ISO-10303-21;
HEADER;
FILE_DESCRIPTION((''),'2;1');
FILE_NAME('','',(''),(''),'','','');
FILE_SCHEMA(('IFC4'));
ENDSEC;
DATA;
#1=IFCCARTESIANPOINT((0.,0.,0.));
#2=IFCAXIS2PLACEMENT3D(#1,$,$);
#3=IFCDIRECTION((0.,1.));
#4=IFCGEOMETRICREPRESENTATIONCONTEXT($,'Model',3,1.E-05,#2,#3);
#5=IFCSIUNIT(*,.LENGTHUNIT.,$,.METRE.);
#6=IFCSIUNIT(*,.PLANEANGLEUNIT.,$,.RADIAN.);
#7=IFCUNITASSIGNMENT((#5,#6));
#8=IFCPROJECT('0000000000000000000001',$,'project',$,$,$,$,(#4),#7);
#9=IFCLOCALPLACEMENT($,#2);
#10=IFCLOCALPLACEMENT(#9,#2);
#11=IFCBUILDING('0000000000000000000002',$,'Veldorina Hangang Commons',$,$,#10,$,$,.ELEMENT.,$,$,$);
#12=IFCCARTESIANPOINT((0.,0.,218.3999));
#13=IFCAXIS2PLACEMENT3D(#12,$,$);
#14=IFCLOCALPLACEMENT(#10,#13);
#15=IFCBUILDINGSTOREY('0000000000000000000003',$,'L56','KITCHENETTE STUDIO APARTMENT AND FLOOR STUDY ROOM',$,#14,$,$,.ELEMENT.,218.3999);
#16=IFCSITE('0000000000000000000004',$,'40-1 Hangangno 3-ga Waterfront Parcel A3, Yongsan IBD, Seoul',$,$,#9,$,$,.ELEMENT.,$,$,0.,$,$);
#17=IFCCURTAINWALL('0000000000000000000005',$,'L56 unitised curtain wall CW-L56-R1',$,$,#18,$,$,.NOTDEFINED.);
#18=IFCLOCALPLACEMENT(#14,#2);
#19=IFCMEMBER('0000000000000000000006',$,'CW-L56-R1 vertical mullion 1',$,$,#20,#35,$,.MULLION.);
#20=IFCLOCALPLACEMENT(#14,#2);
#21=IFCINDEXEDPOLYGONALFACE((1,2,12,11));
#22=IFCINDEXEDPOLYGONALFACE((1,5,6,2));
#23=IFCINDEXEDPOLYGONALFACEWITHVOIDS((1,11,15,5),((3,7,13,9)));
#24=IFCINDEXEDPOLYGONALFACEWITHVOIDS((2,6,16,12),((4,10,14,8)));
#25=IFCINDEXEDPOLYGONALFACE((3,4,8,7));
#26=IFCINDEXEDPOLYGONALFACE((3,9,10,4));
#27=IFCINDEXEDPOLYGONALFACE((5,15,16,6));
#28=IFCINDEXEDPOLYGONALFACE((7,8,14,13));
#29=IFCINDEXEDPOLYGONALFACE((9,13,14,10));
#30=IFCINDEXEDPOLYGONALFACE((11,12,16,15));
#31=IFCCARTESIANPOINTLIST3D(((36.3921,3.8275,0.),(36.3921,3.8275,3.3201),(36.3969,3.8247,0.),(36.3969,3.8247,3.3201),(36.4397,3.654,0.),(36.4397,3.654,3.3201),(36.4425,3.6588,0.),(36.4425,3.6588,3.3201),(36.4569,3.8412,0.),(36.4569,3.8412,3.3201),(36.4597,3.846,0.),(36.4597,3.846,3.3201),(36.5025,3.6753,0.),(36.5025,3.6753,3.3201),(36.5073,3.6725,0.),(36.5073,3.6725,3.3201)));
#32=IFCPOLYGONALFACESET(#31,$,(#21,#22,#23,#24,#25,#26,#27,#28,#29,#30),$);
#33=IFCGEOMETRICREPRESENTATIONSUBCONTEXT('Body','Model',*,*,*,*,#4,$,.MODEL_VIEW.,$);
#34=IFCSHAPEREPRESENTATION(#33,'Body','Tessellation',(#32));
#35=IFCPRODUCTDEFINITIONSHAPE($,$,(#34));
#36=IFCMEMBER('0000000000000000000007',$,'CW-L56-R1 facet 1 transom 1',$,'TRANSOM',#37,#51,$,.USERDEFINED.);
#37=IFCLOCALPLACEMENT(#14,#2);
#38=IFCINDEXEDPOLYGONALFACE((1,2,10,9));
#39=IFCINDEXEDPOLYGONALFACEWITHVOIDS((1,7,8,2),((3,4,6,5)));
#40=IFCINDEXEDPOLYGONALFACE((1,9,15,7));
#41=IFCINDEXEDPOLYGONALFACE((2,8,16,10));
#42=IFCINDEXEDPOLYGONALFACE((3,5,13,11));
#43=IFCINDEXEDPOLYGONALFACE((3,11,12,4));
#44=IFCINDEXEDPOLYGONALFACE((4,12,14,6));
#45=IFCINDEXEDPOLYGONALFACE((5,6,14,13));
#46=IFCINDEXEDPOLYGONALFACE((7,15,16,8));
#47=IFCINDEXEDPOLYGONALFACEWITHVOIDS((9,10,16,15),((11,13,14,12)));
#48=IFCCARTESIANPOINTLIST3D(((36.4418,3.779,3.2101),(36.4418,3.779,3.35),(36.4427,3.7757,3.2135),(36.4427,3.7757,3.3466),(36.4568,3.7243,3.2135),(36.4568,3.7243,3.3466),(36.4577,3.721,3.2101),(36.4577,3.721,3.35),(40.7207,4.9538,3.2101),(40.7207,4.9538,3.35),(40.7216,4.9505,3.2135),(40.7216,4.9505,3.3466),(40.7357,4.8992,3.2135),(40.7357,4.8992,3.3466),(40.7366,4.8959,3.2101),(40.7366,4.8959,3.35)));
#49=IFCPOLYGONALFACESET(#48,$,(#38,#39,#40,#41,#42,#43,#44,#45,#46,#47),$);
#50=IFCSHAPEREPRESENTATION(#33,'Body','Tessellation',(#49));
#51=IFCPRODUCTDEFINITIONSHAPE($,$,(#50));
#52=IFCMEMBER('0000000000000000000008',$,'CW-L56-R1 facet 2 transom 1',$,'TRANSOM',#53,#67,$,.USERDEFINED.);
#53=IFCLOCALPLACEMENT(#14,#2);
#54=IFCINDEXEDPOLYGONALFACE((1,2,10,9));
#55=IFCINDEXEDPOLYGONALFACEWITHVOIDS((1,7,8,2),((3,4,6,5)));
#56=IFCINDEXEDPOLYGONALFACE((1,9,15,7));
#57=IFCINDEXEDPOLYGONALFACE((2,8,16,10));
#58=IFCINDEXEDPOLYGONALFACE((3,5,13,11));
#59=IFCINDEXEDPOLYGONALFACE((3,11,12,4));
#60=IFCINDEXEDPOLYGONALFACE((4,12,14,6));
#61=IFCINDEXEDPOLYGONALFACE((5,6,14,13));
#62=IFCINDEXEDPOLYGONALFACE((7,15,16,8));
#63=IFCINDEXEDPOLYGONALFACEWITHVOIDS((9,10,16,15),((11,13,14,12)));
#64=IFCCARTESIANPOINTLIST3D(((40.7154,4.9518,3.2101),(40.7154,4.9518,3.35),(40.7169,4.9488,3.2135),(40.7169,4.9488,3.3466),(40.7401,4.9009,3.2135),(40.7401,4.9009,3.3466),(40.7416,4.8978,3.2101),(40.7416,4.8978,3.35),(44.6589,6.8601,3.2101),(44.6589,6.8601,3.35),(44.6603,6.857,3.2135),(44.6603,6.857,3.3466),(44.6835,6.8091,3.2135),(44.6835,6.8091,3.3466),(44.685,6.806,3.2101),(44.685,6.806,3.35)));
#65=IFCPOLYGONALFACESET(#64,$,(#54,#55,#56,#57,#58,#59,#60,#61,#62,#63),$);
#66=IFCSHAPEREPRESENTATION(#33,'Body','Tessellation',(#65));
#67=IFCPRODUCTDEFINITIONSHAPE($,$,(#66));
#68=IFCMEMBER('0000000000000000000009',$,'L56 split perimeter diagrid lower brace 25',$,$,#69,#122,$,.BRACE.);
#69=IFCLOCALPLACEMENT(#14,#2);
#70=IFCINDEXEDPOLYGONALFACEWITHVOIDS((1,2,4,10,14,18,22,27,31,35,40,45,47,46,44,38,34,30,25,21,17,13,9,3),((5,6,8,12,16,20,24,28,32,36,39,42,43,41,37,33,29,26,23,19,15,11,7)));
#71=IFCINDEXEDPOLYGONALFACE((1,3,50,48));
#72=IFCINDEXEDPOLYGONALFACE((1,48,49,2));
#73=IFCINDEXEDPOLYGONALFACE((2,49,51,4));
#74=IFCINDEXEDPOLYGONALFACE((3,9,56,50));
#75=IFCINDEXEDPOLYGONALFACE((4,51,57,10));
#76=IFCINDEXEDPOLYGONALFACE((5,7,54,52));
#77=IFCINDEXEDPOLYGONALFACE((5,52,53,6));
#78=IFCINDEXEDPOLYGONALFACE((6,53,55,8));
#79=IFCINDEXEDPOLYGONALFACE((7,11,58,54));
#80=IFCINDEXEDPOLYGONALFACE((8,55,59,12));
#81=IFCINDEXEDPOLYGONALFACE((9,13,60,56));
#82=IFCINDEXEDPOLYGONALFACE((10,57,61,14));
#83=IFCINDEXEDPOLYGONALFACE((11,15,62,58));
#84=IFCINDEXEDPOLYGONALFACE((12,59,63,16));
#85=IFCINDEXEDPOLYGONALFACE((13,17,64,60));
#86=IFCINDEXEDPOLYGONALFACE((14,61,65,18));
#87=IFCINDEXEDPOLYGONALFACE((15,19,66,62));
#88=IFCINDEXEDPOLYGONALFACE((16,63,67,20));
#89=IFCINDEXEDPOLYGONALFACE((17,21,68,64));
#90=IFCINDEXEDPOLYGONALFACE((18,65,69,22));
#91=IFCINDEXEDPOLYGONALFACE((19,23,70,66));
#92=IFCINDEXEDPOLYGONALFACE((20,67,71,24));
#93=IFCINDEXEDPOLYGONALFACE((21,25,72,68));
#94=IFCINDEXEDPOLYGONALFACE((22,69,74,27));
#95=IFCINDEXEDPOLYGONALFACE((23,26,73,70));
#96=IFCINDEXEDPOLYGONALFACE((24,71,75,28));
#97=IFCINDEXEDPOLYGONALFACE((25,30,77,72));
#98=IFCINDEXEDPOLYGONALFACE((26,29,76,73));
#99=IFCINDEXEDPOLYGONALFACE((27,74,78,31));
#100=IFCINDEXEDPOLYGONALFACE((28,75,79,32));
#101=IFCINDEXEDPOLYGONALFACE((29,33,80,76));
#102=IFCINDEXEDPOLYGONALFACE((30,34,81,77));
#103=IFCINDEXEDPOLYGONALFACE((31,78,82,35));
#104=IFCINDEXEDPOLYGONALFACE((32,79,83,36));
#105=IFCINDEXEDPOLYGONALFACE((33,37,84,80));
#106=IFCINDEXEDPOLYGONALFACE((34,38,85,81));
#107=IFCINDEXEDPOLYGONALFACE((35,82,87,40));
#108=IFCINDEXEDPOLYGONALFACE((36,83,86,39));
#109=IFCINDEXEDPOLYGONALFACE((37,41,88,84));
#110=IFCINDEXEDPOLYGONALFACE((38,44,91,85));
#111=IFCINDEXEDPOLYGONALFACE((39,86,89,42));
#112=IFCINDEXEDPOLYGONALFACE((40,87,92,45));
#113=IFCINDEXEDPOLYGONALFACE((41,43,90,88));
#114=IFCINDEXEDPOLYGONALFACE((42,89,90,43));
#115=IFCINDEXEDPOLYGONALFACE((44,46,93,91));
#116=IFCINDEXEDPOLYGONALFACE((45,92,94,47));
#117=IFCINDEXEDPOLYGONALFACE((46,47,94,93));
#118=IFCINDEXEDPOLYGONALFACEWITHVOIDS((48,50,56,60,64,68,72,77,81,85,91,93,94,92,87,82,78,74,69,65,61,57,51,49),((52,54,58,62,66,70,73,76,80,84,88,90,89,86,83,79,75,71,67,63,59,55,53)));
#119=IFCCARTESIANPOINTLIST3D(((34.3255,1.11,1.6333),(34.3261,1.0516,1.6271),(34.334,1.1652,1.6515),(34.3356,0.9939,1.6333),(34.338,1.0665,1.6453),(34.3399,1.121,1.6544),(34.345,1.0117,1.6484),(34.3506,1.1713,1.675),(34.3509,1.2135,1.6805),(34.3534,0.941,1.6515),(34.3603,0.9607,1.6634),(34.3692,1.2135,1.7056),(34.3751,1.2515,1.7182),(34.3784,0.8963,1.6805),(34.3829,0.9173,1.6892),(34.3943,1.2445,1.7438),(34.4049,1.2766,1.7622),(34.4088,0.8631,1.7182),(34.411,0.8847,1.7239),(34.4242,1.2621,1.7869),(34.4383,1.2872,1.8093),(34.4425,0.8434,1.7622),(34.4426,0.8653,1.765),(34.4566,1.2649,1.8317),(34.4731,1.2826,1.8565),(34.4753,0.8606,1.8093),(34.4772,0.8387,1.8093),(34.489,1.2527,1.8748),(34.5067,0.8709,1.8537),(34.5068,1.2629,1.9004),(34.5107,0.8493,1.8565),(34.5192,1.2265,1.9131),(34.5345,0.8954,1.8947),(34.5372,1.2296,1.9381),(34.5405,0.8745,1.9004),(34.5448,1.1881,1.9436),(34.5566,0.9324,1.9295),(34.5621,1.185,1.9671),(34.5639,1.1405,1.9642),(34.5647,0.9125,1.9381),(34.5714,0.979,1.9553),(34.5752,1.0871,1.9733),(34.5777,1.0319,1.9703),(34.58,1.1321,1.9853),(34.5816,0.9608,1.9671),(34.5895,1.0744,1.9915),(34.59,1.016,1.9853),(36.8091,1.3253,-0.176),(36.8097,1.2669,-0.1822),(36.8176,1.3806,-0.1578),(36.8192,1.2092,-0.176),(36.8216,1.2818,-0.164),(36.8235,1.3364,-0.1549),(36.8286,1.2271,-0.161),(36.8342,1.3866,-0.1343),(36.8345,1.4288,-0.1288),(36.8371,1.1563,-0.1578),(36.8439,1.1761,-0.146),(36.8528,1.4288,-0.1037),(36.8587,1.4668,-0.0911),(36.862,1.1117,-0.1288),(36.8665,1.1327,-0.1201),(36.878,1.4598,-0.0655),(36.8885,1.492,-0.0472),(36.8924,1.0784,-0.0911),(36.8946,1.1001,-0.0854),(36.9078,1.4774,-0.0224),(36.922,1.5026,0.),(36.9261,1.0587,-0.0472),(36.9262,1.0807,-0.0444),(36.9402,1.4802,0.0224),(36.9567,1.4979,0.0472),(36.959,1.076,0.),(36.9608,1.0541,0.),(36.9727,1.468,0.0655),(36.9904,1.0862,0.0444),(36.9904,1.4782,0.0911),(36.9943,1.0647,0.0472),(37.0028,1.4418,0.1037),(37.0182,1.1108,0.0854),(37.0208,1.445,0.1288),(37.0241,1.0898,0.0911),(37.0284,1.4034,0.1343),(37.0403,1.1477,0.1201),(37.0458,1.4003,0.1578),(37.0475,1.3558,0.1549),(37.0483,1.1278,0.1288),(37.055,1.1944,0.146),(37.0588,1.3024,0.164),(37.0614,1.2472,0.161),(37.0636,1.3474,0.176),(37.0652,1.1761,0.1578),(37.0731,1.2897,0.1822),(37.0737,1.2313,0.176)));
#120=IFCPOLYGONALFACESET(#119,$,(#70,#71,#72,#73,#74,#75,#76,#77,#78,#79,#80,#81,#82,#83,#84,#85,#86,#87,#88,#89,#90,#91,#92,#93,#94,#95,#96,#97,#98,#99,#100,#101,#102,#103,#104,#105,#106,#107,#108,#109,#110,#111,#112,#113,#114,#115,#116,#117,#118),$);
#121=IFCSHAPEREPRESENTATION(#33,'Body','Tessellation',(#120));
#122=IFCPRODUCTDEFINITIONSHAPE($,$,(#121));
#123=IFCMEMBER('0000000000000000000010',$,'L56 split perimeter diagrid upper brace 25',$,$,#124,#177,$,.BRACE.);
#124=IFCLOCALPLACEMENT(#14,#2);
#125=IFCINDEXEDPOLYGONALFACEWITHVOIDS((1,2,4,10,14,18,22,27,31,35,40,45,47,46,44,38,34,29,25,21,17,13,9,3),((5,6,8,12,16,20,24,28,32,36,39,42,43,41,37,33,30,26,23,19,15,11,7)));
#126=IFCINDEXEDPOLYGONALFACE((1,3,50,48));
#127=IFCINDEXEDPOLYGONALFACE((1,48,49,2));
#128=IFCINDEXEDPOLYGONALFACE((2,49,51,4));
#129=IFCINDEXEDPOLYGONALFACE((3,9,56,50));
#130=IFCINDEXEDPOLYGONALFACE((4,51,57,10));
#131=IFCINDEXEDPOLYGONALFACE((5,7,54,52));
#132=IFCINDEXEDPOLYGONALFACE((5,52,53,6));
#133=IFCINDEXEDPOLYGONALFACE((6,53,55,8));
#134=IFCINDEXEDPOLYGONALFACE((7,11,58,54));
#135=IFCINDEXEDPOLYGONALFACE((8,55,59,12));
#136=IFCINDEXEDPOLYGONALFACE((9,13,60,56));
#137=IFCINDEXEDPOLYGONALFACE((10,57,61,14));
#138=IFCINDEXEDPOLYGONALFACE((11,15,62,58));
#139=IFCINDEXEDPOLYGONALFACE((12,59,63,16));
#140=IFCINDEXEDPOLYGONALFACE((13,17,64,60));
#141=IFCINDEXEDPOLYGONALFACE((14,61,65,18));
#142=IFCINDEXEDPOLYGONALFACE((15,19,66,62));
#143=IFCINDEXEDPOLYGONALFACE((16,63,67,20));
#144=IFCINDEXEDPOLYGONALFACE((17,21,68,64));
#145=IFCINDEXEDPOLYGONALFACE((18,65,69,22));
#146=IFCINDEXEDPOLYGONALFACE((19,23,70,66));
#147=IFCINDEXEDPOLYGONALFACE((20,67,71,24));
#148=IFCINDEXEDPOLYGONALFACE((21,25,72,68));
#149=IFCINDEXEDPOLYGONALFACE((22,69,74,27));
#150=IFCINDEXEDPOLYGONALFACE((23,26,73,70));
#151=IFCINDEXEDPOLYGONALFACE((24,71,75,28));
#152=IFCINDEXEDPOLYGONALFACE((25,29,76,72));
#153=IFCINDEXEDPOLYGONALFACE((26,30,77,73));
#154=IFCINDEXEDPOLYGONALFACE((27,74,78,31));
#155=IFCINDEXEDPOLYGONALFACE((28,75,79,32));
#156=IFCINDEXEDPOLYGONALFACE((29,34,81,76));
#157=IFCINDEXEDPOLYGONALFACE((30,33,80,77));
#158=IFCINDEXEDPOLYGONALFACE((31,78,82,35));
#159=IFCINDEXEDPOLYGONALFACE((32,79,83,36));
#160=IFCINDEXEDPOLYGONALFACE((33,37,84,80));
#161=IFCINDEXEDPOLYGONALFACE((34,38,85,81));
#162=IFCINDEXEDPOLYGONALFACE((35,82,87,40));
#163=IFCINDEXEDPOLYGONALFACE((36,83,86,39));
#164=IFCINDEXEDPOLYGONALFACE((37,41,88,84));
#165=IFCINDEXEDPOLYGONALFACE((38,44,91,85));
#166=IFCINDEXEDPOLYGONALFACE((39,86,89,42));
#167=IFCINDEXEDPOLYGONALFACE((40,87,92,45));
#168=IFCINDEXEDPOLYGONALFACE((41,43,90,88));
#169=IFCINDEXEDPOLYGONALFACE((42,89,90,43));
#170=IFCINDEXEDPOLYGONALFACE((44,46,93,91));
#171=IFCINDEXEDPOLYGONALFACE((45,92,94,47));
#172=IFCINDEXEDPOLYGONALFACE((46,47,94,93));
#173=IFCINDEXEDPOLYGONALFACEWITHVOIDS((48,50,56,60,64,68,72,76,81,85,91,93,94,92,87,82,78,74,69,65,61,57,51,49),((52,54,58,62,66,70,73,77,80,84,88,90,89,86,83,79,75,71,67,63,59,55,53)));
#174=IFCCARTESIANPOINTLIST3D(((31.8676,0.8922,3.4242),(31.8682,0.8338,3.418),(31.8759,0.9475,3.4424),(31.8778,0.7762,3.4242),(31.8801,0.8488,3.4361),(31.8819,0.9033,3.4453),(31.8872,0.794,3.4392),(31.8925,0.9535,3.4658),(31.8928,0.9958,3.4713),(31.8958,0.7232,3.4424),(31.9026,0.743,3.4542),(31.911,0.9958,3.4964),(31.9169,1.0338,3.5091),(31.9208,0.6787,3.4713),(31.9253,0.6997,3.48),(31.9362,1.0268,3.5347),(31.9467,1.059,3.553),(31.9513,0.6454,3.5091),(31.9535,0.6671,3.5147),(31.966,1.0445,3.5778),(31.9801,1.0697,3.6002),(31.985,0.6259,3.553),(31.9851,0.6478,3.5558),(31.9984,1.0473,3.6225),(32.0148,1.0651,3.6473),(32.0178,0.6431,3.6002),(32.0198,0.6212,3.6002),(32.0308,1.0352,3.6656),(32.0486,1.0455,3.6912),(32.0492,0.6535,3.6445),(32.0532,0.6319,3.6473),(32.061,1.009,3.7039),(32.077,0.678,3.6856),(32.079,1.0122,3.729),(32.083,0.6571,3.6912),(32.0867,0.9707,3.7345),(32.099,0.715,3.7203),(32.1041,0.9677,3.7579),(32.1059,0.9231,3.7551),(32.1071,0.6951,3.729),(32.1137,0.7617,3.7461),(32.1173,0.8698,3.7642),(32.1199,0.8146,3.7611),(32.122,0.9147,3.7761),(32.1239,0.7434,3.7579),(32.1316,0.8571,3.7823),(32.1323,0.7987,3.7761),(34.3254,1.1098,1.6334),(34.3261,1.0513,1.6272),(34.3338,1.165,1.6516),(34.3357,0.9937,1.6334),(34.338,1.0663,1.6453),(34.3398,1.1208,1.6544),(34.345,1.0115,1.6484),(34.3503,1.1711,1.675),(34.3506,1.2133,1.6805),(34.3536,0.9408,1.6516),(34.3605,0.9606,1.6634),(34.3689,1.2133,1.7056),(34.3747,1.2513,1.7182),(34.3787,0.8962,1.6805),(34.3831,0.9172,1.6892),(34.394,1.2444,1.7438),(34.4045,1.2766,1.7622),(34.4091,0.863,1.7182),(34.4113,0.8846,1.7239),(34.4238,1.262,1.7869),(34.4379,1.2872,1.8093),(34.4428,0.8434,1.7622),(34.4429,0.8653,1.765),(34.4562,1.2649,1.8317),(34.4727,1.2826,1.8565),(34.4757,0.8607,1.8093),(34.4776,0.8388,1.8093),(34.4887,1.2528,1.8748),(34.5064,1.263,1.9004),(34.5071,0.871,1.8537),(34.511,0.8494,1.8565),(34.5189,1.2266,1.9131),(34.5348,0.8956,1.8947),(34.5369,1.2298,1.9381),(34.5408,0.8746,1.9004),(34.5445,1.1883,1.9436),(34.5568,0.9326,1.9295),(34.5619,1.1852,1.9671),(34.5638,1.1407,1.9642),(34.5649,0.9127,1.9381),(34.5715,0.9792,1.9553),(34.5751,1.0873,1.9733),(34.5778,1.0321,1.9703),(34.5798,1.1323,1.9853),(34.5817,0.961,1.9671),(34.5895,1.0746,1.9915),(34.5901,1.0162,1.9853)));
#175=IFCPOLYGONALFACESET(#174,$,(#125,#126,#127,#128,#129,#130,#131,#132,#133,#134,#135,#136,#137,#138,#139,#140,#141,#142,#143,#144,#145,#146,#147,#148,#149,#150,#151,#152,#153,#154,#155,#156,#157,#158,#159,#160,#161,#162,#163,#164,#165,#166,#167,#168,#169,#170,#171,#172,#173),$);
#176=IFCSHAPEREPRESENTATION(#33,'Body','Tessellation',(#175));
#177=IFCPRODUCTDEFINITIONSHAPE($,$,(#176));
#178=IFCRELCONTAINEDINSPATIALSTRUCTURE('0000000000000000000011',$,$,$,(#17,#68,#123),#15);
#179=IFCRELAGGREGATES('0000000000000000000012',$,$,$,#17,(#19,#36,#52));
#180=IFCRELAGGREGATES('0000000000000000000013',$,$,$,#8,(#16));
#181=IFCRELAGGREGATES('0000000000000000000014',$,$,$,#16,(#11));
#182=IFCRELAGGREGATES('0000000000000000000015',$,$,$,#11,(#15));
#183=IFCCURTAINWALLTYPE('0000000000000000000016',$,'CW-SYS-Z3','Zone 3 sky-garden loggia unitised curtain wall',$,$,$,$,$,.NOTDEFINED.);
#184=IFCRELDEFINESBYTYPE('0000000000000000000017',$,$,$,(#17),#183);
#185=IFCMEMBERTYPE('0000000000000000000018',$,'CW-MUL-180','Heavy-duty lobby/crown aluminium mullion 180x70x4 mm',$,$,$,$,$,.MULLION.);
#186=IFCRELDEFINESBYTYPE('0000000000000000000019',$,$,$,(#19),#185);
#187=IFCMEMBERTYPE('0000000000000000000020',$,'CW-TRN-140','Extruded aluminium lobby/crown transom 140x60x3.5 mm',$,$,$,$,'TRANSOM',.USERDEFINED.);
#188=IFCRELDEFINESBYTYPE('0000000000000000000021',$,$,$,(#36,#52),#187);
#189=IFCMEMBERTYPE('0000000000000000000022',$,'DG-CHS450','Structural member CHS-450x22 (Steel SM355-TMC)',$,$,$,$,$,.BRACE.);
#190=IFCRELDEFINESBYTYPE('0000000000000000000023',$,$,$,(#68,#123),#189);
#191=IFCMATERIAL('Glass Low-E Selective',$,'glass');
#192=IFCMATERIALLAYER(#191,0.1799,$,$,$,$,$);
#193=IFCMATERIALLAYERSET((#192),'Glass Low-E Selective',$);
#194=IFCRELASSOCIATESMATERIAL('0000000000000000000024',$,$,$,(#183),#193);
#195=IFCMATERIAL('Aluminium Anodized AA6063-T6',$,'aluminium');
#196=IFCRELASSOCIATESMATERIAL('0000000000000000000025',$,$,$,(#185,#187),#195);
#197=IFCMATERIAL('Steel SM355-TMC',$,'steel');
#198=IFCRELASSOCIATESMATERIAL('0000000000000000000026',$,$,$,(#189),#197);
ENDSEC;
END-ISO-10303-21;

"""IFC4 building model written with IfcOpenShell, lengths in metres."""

from ifc_helpers import new_model, si_unit, direction, frame, origin, origin_2d, place, context, subcontext, project, spatial, hollow_rectangle, hollow_circle, extrude, material, layer, layer_set, material_profile, profile_set, type_object, element, aggregate, save


model = new_model("IFC4")

# Units and contexts
model_context = context("Model", 3, precision=1e-05, world=origin(), true_north=direction((0.0, 1.0)))
body_context = subcontext(model_context, "Body", "Model", "MODEL_VIEW")
ifc_project = project(units=[si_unit("LENGTHUNIT", "METRE"), si_unit("PLANEANGLEUNIT", "RADIAN")], contexts=[model_context])

# Site, building, storey
site_placement = place(None, origin())
site = spatial("IfcSite", under=ifc_project, at=site_placement, Name="40-1 Hangangno 3-ga Waterfront Parcel A3, Yongsan IBD, Seoul", CompositionType="ELEMENT", RefElevation=0.0)
building_placement = place(site_placement, origin())
building = spatial("IfcBuilding", under=site, at=building_placement, Name="Veldorina Hangang Commons", CompositionType="ELEMENT")
storey_placement = place(building_placement, frame((0.0, 0.0, 218.3999)))
storey = spatial("IfcBuildingStorey", under=building, at=storey_placement, Name="L56", Description="KITCHENETTE STUDIO APARTMENT AND FLOOR STUDY ROOM", CompositionType="ELEMENT", Elevation=218.3999)

# Shared definitions
ifc_material_1 = material(Name="Steel SM355-TMC", Category="steel")

# Curtain wall, members
ifc_material_2 = material(Name="Glass Low-E Selective", Category="glass")
ifc_layer_1 = layer(ifc_material_2, 0.1799)
ifc_layer_set_1 = layer_set([ifc_layer_1], Name="Glass Low-E Selective")
curtain_wall_type = type_object("IfcCurtainWallType", Name="CW-SYS-Z3", Description="Zone 3 sky-garden loggia unitised curtain wall", PredefinedType="NOTDEFINED", material=ifc_layer_set_1)
curtain_wall_placement = place(storey_placement, origin())
curtain_wall = element("IfcCurtainWall", 1, at=curtain_wall_placement, inside=storey, type_object=curtain_wall_type, Name="L56 unitised curtain wall CW-L56-R1", PredefinedType="NOTDEFINED")
ifc_material_3 = material(Name="Aluminium Anodized AA6063-T6", Category="aluminium")
ifc_material_profile_1 = material_profile(ifc_material_3, hollow_rectangle(XDim=0.0701, YDim=0.1799, WallThickness=0.0039, at=origin_2d()), Name="ALU-RHS-180x70x4")
ifc_profile_set_1 = profile_set([ifc_material_profile_1], Name="Aluminium Anodized AA6063-T6")
member_type_1 = type_object("IfcMemberType", Name="CW-MUL-180", Description="Heavy-duty lobby/crown aluminium mullion 180x70x4 mm", PredefinedType="MULLION", material=ifc_profile_set_1)
member_1_placement = place(storey_placement, frame((36.4497, 3.75, 0.0), z_axis=(0.0, 0.0, 1.0), x_axis=(0.964304, 0.264799, 0.0)))
member_1 = element("IfcMember", 2, at=member_1_placement, type_object=member_type_1, Name="CW-L56-R1 vertical mullion 1", PredefinedType="MULLION", context=body_context, shape_type="SweptSolid", body=[
    extrude(hollow_rectangle(XDim=0.0701, YDim=0.1799, WallThickness=0.0039, at=origin_2d()), origin(), (0.0, 0.0, 1.0), 3.3201),
])
ifc_material_profile_2 = material_profile(ifc_material_3, hollow_rectangle(XDim=0.0601, YDim=0.1399, WallThickness=0.0034, at=origin_2d()), Name="ALU-RHS-140x60x3.5")
ifc_profile_set_2 = profile_set([ifc_material_profile_2], Name="Aluminium Anodized AA6063-T6")
member_type_2 = type_object("IfcMemberType", Name="CW-TRN-140", Description="Extruded aluminium lobby/crown transom 140x60x3.5 mm", ElementType="TRANSOM", PredefinedType="USERDEFINED", material=ifc_profile_set_2)
member_2_placement = place(storey_placement, frame((36.4497, 3.75, 3.28), z_axis=(0.964313, 0.264765, 0.0), x_axis=(-0.264765, 0.964313, 0.0)))
member_2 = element("IfcMember", 3, at=member_2_placement, type_object=member_type_2, Name="CW-L56-R1 facet 1 transom 1", ObjectType="TRANSOM", PredefinedType="USERDEFINED", context=body_context, shape_type="SweptSolid", body=[
    extrude(hollow_rectangle(XDim=0.0601, YDim=0.1399, WallThickness=0.0034, at=origin_2d()), origin(), (0.0, 0.0, 1.0), 4.4373),
])
member_3_placement = place(storey_placement, frame((40.7285, 4.9248, 3.28), z_axis=(0.900148, 0.435584, 0.0), x_axis=(-0.435584, 0.900148, 0.0)))
member_3 = element("IfcMember", 4, at=member_3_placement, type_object=member_type_2, Name="CW-L56-R1 facet 2 transom 1", ObjectType="TRANSOM", PredefinedType="USERDEFINED", context=body_context, shape_type="SweptSolid", body=[
    extrude(hollow_rectangle(XDim=0.0601, YDim=0.1399, WallThickness=0.0034, at=origin_2d()), origin(), (0.0, 0.0, 1.0), 4.3809),
])

# Members
ifc_material_profile_3 = material_profile(ifc_material_1, hollow_circle(Radius=0.2251, WallThickness=0.022, at=origin_2d()), Name="CHS-450x22")
ifc_profile_set_3 = profile_set([ifc_material_profile_3], Name="Steel SM355-TMC")
member_type_3 = type_object("IfcMemberType", Name="DG-CHS450", Description="Structural member CHS-450x22 (Steel SM355-TMC)", PredefinedType="BRACE", material=ifc_profile_set_3)
member_4_placement = place(storey_placement, frame((36.9414, 1.2783, 0.0), z_axis=(-0.806288, -0.069905, 0.587378), x_axis=(0.086376, -0.996263, 0.0)))
element("IfcMember", 5, at=member_4_placement, inside=storey, type_object=member_type_3, Name="L56 split perimeter diagrid lower brace 25", PredefinedType="BRACE", context=body_context, shape_type="SweptSolid", body=[
    extrude(hollow_circle(Radius=0.2251, WallThickness=0.022, at=origin_2d()), origin(), (0.0, 0.0, 1.0), 3.0803),
])
member_5_placement = place(storey_placement, frame((34.4578, 1.063, 1.8093), z_axis=(-0.806159, -0.071351, 0.587382), x_axis=(0.088162, -0.996106, 0.0)))
element("IfcMember", 6, at=member_5_placement, inside=storey, type_object=member_type_3, Name="L56 split perimeter diagrid upper brace 25", PredefinedType="BRACE", context=body_context, shape_type="SweptSolid", body=[
    extrude(hollow_circle(Radius=0.2251, WallThickness=0.022, at=origin_2d()), origin(), (0.0, 0.0, 1.0), 3.0488),
])

aggregate(curtain_wall, [member_1, member_2, member_3])

save(model, "model.ifc")
